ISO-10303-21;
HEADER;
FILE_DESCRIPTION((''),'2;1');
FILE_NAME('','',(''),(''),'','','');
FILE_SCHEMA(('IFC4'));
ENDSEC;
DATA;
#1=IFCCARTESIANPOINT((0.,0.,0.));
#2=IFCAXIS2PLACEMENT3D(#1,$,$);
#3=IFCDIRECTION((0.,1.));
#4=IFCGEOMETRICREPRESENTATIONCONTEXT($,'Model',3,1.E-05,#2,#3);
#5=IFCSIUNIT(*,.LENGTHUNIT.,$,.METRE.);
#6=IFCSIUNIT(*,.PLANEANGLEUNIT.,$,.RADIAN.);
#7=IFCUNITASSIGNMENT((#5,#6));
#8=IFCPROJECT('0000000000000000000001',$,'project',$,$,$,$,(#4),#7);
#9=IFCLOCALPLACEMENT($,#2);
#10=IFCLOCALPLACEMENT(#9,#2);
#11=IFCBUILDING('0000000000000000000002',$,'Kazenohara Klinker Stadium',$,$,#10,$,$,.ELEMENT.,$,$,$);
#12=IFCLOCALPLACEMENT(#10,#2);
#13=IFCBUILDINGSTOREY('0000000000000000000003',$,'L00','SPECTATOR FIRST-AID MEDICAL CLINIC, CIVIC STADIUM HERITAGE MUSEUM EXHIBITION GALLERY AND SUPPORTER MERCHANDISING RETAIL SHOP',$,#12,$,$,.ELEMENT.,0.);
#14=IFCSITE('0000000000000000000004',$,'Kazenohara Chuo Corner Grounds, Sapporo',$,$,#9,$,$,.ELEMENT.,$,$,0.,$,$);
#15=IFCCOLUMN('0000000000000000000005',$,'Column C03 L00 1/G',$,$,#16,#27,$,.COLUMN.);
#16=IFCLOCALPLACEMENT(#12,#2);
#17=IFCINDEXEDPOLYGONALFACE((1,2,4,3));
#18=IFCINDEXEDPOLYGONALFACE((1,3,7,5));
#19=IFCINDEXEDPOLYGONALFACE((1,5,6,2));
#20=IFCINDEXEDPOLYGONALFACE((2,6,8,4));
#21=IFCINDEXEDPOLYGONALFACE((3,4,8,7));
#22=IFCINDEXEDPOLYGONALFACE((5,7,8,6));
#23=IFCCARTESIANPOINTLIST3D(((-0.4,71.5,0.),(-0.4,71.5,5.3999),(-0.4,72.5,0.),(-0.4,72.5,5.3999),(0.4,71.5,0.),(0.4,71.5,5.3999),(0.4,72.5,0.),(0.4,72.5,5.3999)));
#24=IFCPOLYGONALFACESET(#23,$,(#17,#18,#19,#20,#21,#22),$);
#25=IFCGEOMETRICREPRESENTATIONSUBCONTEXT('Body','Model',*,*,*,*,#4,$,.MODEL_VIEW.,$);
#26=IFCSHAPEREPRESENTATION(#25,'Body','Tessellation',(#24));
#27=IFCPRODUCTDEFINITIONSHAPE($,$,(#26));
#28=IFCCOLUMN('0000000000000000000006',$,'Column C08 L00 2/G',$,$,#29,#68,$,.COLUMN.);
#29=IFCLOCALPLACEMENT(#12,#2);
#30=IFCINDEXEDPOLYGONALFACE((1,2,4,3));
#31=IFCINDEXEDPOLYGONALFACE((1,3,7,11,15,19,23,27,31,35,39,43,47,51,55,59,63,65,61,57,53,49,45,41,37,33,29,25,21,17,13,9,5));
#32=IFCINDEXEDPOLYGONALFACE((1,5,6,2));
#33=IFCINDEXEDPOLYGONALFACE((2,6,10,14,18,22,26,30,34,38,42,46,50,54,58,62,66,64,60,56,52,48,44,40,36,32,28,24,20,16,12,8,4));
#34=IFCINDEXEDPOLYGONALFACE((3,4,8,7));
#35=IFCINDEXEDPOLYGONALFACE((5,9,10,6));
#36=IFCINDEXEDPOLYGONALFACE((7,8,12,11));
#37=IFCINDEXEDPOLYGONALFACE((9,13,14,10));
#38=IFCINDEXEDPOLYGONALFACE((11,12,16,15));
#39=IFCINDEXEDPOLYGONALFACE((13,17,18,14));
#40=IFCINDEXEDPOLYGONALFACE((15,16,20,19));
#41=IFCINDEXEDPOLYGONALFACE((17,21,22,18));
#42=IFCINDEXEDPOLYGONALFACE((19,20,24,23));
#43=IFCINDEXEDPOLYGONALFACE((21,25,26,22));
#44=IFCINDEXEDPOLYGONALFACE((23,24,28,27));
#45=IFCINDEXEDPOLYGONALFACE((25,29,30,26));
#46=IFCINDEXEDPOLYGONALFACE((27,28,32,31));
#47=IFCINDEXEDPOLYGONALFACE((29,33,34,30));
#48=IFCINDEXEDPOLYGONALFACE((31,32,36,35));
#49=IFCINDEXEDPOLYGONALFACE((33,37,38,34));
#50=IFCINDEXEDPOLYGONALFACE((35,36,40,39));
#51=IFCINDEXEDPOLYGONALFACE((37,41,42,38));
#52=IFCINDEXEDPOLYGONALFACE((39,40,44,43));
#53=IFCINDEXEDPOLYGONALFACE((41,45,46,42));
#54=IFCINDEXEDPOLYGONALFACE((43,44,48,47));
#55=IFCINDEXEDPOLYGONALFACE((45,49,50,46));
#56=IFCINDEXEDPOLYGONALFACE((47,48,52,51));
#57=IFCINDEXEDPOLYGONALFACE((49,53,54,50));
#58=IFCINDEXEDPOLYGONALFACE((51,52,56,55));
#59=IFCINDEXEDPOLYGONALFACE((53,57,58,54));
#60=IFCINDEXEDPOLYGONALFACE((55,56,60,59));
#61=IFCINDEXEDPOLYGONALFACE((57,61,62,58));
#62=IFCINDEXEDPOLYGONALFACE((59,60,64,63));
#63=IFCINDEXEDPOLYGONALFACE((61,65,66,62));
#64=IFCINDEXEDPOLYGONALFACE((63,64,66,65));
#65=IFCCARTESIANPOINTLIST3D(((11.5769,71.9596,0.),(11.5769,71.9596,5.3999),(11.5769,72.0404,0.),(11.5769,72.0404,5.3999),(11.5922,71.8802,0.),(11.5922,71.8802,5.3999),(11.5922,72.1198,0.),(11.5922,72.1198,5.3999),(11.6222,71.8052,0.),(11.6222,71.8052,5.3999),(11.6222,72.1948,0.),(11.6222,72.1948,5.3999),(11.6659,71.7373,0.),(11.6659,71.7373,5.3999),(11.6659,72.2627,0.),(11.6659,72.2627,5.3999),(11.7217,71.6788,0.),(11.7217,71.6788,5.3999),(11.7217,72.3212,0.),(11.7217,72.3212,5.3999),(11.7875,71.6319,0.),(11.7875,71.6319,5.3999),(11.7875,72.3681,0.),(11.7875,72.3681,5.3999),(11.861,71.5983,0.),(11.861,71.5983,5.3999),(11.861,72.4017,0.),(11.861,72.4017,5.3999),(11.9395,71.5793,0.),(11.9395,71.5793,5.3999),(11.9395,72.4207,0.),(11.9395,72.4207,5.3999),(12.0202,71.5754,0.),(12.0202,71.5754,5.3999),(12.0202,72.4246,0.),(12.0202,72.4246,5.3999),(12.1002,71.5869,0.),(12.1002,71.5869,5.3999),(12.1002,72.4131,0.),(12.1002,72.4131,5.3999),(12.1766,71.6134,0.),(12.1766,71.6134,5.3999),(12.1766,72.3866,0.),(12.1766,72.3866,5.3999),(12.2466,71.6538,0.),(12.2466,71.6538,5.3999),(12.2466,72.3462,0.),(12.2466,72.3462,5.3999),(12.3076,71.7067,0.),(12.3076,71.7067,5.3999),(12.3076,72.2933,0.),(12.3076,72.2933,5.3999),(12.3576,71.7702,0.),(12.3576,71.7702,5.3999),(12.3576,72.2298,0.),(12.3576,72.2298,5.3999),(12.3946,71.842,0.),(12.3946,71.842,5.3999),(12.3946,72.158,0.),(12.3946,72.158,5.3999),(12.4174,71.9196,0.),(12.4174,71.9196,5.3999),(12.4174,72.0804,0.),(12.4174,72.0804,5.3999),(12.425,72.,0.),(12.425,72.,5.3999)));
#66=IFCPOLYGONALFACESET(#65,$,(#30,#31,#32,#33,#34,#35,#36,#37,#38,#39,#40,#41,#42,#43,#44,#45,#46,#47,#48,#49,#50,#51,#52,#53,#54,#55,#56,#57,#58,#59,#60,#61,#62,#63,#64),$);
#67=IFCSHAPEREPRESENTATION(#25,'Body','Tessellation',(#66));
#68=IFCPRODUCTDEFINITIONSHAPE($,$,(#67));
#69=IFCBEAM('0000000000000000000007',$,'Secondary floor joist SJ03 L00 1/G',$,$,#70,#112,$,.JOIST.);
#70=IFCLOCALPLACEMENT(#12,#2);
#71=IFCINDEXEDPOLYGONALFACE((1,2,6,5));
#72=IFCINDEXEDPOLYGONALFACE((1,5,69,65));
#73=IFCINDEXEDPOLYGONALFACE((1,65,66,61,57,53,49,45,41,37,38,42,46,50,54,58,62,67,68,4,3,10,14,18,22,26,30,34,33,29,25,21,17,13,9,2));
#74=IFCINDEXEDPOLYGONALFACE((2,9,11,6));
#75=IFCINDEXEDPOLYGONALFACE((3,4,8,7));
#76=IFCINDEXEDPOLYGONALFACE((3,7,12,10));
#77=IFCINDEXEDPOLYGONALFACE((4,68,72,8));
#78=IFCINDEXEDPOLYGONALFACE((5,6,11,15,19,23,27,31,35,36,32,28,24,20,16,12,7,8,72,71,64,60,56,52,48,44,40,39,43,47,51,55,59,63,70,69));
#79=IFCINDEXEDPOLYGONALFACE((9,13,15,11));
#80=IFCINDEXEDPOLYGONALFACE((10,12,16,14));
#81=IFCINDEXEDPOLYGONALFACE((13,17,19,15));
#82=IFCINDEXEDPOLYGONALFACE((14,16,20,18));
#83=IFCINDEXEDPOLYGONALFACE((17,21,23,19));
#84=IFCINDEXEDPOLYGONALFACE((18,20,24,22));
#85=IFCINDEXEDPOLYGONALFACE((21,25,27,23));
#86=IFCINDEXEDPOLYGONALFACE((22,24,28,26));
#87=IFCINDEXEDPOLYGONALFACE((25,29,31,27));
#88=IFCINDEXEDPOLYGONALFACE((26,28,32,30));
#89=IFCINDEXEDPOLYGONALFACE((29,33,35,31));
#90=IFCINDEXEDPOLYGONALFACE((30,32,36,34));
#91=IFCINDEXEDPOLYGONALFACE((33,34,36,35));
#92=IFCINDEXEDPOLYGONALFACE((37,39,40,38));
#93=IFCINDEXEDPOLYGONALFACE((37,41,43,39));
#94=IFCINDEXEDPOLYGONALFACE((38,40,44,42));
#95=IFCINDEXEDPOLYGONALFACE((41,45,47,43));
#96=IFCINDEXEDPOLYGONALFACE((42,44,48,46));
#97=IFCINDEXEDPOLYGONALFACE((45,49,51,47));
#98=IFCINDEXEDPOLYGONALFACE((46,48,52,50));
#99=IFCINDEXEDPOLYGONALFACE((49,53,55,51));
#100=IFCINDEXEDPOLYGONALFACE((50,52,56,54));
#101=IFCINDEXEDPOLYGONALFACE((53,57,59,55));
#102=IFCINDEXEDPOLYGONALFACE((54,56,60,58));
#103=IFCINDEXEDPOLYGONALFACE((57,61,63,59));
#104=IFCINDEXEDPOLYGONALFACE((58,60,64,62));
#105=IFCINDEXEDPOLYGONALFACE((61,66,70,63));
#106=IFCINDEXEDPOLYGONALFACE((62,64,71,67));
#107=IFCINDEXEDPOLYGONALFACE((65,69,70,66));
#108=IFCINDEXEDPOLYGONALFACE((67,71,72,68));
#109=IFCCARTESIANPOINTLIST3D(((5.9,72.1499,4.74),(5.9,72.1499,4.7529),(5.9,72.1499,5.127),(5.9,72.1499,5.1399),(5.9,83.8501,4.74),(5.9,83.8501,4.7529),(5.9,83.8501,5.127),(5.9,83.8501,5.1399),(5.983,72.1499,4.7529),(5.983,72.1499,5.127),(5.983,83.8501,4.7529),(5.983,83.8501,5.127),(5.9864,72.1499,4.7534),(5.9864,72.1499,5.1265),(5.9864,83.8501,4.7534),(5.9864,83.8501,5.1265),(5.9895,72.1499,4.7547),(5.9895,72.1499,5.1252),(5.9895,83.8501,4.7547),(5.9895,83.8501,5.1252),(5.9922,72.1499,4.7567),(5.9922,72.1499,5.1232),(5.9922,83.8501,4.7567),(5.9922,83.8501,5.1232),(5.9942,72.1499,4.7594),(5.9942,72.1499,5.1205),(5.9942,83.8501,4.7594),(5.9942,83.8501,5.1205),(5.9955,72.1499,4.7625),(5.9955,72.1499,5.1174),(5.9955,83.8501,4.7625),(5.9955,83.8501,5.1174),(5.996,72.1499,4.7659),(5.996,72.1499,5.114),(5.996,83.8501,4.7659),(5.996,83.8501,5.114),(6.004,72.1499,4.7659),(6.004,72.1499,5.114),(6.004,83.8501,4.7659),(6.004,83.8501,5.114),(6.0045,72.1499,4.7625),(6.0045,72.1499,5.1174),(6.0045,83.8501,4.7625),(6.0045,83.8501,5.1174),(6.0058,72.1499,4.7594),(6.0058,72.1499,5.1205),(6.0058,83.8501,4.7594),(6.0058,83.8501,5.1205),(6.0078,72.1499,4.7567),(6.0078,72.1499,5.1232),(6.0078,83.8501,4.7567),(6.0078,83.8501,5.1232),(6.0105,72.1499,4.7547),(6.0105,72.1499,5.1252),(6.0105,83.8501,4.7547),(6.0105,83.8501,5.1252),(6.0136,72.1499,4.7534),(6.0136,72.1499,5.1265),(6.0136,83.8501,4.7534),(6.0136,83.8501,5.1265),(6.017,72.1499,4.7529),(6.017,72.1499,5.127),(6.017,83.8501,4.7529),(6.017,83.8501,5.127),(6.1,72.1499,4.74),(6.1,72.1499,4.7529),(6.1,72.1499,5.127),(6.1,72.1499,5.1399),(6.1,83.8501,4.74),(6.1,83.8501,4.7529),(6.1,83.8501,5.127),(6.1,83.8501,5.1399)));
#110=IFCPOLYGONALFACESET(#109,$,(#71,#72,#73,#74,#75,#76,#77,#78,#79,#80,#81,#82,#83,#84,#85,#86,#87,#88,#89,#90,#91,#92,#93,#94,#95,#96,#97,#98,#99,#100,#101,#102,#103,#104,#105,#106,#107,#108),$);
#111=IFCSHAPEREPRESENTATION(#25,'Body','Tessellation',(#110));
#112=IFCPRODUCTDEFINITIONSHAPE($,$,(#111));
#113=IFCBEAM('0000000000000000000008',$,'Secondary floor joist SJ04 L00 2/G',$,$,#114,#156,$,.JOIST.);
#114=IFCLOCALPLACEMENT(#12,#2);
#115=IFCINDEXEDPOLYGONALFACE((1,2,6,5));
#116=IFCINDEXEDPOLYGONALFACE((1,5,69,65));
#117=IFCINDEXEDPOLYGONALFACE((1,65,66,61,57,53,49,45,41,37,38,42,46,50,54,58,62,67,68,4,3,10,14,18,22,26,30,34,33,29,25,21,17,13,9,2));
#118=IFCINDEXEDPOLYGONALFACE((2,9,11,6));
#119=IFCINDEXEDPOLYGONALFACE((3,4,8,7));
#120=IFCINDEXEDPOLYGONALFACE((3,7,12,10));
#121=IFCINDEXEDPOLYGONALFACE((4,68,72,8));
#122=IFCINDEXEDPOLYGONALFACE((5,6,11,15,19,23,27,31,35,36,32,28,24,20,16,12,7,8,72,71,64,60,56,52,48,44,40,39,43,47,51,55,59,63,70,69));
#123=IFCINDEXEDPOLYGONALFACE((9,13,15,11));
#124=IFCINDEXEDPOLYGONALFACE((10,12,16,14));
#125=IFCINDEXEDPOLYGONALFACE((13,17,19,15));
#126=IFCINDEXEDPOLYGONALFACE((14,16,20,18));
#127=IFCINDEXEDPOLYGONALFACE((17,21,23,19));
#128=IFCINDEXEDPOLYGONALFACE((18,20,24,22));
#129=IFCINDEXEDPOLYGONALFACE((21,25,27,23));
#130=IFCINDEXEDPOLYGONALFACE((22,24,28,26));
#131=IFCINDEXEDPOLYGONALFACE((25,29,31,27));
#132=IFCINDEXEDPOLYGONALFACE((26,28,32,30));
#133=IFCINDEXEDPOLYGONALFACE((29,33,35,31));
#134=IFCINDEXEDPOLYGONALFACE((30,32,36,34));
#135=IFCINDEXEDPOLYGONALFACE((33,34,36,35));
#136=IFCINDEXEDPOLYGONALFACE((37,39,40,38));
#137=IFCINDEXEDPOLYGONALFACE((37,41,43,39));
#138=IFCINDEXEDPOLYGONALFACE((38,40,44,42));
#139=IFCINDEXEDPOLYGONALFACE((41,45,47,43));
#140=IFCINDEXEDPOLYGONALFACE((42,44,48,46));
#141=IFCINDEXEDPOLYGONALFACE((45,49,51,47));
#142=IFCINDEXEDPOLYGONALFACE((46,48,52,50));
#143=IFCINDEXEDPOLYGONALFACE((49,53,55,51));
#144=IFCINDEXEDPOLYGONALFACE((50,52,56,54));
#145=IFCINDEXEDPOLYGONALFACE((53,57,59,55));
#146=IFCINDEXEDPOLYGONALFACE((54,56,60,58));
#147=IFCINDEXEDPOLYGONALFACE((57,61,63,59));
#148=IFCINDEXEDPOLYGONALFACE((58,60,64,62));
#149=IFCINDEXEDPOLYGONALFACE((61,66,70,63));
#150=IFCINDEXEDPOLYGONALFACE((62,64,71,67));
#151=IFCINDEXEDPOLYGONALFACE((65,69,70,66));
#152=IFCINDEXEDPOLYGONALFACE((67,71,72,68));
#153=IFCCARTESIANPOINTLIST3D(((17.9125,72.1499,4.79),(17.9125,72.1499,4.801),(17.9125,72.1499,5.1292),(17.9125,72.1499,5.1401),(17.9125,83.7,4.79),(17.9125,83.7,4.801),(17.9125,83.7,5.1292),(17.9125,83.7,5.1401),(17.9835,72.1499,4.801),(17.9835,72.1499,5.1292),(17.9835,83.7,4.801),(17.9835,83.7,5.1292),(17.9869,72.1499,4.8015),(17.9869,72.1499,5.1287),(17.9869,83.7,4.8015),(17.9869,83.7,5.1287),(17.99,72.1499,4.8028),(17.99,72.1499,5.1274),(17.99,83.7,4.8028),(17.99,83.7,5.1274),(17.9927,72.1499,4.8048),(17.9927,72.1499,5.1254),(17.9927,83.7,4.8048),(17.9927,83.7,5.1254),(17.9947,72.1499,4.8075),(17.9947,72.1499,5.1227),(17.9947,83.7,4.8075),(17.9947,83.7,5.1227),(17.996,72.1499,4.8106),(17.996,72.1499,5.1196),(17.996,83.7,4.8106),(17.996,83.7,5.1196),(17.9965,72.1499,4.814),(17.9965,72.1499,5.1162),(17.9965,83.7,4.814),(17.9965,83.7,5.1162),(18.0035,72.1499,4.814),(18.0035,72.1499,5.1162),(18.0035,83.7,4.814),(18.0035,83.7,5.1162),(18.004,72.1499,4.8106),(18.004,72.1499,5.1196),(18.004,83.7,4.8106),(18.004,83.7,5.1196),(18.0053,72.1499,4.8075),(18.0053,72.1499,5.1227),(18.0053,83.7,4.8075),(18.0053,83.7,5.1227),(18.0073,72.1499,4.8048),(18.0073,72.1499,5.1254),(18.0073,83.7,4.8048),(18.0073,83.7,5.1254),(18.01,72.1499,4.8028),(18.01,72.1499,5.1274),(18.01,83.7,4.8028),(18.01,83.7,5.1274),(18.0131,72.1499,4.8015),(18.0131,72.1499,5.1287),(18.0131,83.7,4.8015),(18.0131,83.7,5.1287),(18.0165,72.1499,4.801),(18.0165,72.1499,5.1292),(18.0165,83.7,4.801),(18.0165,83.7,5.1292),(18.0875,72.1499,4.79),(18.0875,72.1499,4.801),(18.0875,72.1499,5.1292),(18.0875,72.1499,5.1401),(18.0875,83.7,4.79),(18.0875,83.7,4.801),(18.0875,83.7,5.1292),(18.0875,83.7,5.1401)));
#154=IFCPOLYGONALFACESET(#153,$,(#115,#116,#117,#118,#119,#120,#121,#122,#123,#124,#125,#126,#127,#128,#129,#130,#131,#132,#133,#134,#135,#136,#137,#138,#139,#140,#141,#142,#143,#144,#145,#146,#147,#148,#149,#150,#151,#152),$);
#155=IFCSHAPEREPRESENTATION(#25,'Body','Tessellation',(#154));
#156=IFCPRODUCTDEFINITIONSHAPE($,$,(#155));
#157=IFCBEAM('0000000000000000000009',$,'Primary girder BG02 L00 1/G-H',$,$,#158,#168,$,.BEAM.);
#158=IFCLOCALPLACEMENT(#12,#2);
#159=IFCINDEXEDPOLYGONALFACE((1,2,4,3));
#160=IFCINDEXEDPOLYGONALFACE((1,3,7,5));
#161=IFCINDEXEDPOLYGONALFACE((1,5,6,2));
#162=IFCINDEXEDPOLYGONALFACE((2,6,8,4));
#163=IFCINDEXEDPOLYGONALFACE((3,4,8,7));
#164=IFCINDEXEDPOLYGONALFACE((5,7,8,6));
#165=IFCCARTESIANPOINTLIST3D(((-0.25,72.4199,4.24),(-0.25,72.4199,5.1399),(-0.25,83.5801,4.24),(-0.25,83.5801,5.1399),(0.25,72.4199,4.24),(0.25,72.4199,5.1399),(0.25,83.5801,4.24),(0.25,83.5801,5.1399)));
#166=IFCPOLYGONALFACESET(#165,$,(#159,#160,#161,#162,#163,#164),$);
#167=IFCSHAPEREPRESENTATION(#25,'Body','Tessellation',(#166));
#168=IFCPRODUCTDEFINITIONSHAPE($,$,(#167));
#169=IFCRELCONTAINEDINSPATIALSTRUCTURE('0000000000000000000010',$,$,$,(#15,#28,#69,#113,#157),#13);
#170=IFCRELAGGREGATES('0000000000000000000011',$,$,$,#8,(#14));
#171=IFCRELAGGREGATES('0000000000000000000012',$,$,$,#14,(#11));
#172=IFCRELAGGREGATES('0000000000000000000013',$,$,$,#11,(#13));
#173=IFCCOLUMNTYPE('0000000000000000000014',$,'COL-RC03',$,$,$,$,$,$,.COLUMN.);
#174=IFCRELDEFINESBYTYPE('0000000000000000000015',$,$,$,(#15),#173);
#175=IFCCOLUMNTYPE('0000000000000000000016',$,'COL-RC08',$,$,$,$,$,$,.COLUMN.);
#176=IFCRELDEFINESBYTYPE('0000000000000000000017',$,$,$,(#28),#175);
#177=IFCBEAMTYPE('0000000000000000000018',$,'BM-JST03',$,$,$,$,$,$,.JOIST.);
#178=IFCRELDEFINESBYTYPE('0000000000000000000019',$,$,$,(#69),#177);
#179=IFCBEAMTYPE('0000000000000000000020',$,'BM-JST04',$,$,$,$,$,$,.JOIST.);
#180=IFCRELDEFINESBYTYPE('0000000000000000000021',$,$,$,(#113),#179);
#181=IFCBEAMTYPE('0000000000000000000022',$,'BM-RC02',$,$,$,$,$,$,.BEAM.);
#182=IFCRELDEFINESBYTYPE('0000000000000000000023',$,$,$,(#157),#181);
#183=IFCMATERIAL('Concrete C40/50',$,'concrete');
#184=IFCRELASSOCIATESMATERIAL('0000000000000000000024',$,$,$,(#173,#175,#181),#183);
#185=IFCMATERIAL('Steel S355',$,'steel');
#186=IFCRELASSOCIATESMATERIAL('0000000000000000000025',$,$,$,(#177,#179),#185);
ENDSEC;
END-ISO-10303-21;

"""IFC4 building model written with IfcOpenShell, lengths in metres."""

from ifc_helpers import new_model, si_unit, direction, frame, origin, origin_2d, place, context, subcontext, project, spatial, rectangle, circle, i_section, extrude, material, material_profile, profile_set, type_object, element, save


model = new_model("IFC4")

# Units and contexts
model_context = context("Model", 3, precision=1e-05, world=origin(), true_north=direction((0.0, 1.0)))
body_context = subcontext(model_context, "Body", "Model", "MODEL_VIEW")
ifc_project = project(units=[si_unit("LENGTHUNIT", "METRE"), si_unit("PLANEANGLEUNIT", "RADIAN")], contexts=[model_context])

# Site, building, storey
site_placement = place(None, origin())
site = spatial("IfcSite", under=ifc_project, at=site_placement, Name="Kazenohara Chuo Corner Grounds, Sapporo", CompositionType="ELEMENT", RefElevation=0.0)
building_placement = place(site_placement, origin())
building = spatial("IfcBuilding", under=site, at=building_placement, Name="Kazenohara Klinker Stadium", CompositionType="ELEMENT")
storey_placement = place(building_placement, origin())
storey = spatial("IfcBuildingStorey", under=building, at=storey_placement, Name="L00", Description="SPECTATOR FIRST-AID MEDICAL CLINIC, CIVIC STADIUM HERITAGE MUSEUM EXHIBITION GALLERY AND SUPPORTER MERCHANDISING RETAIL SHOP", CompositionType="ELEMENT", Elevation=0.0)

# Columns
ifc_material_1 = material(Name="Concrete C40/50", Category="concrete")
ifc_material_profile_1 = material_profile(ifc_material_1, rectangle(XDim=0.8, YDim=1.0, at=origin_2d()), Name="RC-COL-1000x800")
ifc_profile_set_1 = profile_set([ifc_material_profile_1], Name="Concrete C40/50")
column_type_1 = type_object("IfcColumnType", Name="COL-RC03", PredefinedType="COLUMN", material=ifc_profile_set_1)
column_1_placement = place(storey_placement, frame((0.0, 72.0, 0.0), z_axis=(0.0, 0.0, 1.0), x_axis=(1.0, 0.0, 0.0)))
element("IfcColumn", 1, at=column_1_placement, inside=storey, type_object=column_type_1, Name="Column C03 L00 1/G", PredefinedType="COLUMN", context=body_context, shape_type="SweptSolid", body=[
    extrude(rectangle(XDim=0.8, YDim=1.0, at=origin_2d()), origin(), (0.0, 0.0, 1.0), 5.3999),
])
ifc_material_profile_2 = material_profile(ifc_material_1, circle(Radius=0.425, at=origin_2d()), Name="RC-COL-D850")
ifc_profile_set_2 = profile_set([ifc_material_profile_2], Name="Concrete C40/50")
column_type_2 = type_object("IfcColumnType", Name="COL-RC08", PredefinedType="COLUMN", material=ifc_profile_set_2)
column_2_placement = place(storey_placement, frame((12.0, 72.0, 0.0), z_axis=(0.0, 0.0, 1.0), x_axis=(1.0, 0.0, 0.0)))
element("IfcColumn", 2, at=column_2_placement, inside=storey, type_object=column_type_2, Name="Column C08 L00 2/G", PredefinedType="COLUMN", context=body_context, shape_type="SweptSolid", body=[
    extrude(circle(Radius=0.425, at=origin_2d()), origin(), (0.0, 0.0, 1.0), 5.3999),
])

# Beams
ifc_material_2 = material(Name="Steel S355", Category="steel")
ifc_material_profile_3 = material_profile(ifc_material_2, i_section(OverallWidth=0.2, OverallDepth=0.3999, WebThickness=0.0081, FlangeThickness=0.0129, FilletRadius=0.0129, at=origin_2d()), Name="H-400x200x8x13")
ifc_profile_set_3 = profile_set([ifc_material_profile_3], Name="Steel S355")
beam_type_1 = type_object("IfcBeamType", Name="BM-JST03", PredefinedType="JOIST", material=ifc_profile_set_3)
beam_1_placement = place(storey_placement, frame((6.0, 72.1499, 4.9399), z_axis=(0.0, 1.0, 0.0), x_axis=(-1.0, 0.0, 0.0)))
element("IfcBeam", 3, at=beam_1_placement, inside=storey, type_object=beam_type_1, Name="Secondary floor joist SJ03 L00 1/G", PredefinedType="JOIST", context=body_context, shape_type="SweptSolid", body=[
    extrude(i_section(OverallWidth=0.2, OverallDepth=0.3999, WebThickness=0.0081, FlangeThickness=0.0129, FilletRadius=0.0129, at=origin_2d()), origin(), (0.0, 0.0, 1.0), 11.7002),
])
ifc_material_profile_4 = material_profile(ifc_material_2, i_section(OverallWidth=0.175, OverallDepth=0.3501, WebThickness=0.0071, FlangeThickness=0.011, FilletRadius=0.0129, at=origin_2d()), Name="H-350x175x7x11")
ifc_profile_set_4 = profile_set([ifc_material_profile_4], Name="Steel S355")
beam_type_2 = type_object("IfcBeamType", Name="BM-JST04", PredefinedType="JOIST", material=ifc_profile_set_4)
beam_2_placement = place(storey_placement, frame((18.0, 72.1499, 4.9651), z_axis=(0.0, 1.0, 0.0), x_axis=(-1.0, 0.0, 0.0)))
element("IfcBeam", 4, at=beam_2_placement, inside=storey, type_object=beam_type_2, Name="Secondary floor joist SJ04 L00 2/G", PredefinedType="JOIST", context=body_context, shape_type="SweptSolid", body=[
    extrude(i_section(OverallWidth=0.175, OverallDepth=0.3501, WebThickness=0.0071, FlangeThickness=0.011, FilletRadius=0.0129, at=origin_2d()), origin(), (0.0, 0.0, 1.0), 11.55),
])
ifc_material_profile_5 = material_profile(ifc_material_1, rectangle(XDim=0.5, YDim=0.8999, at=origin_2d()), Name="RC-BM-500x900")
ifc_profile_set_5 = profile_set([ifc_material_profile_5], Name="Concrete C40/50")
beam_type_3 = type_object("IfcBeamType", Name="BM-RC02", PredefinedType="BEAM", material=ifc_profile_set_5)
beam_3_placement = place(storey_placement, frame((0.0, 72.4199, 4.6899), z_axis=(0.0, 1.0, 0.0), x_axis=(-1.0, 0.0, 0.0)))
element("IfcBeam", 5, at=beam_3_placement, inside=storey, type_object=beam_type_3, Name="Primary girder BG02 L00 1/G-H", PredefinedType="BEAM", context=body_context, shape_type="SweptSolid", body=[
    extrude(rectangle(XDim=0.5, YDim=0.8999, at=origin_2d()), origin(), (0.0, 0.0, 1.0), 11.1602),
])

save(model, "model.ifc")
